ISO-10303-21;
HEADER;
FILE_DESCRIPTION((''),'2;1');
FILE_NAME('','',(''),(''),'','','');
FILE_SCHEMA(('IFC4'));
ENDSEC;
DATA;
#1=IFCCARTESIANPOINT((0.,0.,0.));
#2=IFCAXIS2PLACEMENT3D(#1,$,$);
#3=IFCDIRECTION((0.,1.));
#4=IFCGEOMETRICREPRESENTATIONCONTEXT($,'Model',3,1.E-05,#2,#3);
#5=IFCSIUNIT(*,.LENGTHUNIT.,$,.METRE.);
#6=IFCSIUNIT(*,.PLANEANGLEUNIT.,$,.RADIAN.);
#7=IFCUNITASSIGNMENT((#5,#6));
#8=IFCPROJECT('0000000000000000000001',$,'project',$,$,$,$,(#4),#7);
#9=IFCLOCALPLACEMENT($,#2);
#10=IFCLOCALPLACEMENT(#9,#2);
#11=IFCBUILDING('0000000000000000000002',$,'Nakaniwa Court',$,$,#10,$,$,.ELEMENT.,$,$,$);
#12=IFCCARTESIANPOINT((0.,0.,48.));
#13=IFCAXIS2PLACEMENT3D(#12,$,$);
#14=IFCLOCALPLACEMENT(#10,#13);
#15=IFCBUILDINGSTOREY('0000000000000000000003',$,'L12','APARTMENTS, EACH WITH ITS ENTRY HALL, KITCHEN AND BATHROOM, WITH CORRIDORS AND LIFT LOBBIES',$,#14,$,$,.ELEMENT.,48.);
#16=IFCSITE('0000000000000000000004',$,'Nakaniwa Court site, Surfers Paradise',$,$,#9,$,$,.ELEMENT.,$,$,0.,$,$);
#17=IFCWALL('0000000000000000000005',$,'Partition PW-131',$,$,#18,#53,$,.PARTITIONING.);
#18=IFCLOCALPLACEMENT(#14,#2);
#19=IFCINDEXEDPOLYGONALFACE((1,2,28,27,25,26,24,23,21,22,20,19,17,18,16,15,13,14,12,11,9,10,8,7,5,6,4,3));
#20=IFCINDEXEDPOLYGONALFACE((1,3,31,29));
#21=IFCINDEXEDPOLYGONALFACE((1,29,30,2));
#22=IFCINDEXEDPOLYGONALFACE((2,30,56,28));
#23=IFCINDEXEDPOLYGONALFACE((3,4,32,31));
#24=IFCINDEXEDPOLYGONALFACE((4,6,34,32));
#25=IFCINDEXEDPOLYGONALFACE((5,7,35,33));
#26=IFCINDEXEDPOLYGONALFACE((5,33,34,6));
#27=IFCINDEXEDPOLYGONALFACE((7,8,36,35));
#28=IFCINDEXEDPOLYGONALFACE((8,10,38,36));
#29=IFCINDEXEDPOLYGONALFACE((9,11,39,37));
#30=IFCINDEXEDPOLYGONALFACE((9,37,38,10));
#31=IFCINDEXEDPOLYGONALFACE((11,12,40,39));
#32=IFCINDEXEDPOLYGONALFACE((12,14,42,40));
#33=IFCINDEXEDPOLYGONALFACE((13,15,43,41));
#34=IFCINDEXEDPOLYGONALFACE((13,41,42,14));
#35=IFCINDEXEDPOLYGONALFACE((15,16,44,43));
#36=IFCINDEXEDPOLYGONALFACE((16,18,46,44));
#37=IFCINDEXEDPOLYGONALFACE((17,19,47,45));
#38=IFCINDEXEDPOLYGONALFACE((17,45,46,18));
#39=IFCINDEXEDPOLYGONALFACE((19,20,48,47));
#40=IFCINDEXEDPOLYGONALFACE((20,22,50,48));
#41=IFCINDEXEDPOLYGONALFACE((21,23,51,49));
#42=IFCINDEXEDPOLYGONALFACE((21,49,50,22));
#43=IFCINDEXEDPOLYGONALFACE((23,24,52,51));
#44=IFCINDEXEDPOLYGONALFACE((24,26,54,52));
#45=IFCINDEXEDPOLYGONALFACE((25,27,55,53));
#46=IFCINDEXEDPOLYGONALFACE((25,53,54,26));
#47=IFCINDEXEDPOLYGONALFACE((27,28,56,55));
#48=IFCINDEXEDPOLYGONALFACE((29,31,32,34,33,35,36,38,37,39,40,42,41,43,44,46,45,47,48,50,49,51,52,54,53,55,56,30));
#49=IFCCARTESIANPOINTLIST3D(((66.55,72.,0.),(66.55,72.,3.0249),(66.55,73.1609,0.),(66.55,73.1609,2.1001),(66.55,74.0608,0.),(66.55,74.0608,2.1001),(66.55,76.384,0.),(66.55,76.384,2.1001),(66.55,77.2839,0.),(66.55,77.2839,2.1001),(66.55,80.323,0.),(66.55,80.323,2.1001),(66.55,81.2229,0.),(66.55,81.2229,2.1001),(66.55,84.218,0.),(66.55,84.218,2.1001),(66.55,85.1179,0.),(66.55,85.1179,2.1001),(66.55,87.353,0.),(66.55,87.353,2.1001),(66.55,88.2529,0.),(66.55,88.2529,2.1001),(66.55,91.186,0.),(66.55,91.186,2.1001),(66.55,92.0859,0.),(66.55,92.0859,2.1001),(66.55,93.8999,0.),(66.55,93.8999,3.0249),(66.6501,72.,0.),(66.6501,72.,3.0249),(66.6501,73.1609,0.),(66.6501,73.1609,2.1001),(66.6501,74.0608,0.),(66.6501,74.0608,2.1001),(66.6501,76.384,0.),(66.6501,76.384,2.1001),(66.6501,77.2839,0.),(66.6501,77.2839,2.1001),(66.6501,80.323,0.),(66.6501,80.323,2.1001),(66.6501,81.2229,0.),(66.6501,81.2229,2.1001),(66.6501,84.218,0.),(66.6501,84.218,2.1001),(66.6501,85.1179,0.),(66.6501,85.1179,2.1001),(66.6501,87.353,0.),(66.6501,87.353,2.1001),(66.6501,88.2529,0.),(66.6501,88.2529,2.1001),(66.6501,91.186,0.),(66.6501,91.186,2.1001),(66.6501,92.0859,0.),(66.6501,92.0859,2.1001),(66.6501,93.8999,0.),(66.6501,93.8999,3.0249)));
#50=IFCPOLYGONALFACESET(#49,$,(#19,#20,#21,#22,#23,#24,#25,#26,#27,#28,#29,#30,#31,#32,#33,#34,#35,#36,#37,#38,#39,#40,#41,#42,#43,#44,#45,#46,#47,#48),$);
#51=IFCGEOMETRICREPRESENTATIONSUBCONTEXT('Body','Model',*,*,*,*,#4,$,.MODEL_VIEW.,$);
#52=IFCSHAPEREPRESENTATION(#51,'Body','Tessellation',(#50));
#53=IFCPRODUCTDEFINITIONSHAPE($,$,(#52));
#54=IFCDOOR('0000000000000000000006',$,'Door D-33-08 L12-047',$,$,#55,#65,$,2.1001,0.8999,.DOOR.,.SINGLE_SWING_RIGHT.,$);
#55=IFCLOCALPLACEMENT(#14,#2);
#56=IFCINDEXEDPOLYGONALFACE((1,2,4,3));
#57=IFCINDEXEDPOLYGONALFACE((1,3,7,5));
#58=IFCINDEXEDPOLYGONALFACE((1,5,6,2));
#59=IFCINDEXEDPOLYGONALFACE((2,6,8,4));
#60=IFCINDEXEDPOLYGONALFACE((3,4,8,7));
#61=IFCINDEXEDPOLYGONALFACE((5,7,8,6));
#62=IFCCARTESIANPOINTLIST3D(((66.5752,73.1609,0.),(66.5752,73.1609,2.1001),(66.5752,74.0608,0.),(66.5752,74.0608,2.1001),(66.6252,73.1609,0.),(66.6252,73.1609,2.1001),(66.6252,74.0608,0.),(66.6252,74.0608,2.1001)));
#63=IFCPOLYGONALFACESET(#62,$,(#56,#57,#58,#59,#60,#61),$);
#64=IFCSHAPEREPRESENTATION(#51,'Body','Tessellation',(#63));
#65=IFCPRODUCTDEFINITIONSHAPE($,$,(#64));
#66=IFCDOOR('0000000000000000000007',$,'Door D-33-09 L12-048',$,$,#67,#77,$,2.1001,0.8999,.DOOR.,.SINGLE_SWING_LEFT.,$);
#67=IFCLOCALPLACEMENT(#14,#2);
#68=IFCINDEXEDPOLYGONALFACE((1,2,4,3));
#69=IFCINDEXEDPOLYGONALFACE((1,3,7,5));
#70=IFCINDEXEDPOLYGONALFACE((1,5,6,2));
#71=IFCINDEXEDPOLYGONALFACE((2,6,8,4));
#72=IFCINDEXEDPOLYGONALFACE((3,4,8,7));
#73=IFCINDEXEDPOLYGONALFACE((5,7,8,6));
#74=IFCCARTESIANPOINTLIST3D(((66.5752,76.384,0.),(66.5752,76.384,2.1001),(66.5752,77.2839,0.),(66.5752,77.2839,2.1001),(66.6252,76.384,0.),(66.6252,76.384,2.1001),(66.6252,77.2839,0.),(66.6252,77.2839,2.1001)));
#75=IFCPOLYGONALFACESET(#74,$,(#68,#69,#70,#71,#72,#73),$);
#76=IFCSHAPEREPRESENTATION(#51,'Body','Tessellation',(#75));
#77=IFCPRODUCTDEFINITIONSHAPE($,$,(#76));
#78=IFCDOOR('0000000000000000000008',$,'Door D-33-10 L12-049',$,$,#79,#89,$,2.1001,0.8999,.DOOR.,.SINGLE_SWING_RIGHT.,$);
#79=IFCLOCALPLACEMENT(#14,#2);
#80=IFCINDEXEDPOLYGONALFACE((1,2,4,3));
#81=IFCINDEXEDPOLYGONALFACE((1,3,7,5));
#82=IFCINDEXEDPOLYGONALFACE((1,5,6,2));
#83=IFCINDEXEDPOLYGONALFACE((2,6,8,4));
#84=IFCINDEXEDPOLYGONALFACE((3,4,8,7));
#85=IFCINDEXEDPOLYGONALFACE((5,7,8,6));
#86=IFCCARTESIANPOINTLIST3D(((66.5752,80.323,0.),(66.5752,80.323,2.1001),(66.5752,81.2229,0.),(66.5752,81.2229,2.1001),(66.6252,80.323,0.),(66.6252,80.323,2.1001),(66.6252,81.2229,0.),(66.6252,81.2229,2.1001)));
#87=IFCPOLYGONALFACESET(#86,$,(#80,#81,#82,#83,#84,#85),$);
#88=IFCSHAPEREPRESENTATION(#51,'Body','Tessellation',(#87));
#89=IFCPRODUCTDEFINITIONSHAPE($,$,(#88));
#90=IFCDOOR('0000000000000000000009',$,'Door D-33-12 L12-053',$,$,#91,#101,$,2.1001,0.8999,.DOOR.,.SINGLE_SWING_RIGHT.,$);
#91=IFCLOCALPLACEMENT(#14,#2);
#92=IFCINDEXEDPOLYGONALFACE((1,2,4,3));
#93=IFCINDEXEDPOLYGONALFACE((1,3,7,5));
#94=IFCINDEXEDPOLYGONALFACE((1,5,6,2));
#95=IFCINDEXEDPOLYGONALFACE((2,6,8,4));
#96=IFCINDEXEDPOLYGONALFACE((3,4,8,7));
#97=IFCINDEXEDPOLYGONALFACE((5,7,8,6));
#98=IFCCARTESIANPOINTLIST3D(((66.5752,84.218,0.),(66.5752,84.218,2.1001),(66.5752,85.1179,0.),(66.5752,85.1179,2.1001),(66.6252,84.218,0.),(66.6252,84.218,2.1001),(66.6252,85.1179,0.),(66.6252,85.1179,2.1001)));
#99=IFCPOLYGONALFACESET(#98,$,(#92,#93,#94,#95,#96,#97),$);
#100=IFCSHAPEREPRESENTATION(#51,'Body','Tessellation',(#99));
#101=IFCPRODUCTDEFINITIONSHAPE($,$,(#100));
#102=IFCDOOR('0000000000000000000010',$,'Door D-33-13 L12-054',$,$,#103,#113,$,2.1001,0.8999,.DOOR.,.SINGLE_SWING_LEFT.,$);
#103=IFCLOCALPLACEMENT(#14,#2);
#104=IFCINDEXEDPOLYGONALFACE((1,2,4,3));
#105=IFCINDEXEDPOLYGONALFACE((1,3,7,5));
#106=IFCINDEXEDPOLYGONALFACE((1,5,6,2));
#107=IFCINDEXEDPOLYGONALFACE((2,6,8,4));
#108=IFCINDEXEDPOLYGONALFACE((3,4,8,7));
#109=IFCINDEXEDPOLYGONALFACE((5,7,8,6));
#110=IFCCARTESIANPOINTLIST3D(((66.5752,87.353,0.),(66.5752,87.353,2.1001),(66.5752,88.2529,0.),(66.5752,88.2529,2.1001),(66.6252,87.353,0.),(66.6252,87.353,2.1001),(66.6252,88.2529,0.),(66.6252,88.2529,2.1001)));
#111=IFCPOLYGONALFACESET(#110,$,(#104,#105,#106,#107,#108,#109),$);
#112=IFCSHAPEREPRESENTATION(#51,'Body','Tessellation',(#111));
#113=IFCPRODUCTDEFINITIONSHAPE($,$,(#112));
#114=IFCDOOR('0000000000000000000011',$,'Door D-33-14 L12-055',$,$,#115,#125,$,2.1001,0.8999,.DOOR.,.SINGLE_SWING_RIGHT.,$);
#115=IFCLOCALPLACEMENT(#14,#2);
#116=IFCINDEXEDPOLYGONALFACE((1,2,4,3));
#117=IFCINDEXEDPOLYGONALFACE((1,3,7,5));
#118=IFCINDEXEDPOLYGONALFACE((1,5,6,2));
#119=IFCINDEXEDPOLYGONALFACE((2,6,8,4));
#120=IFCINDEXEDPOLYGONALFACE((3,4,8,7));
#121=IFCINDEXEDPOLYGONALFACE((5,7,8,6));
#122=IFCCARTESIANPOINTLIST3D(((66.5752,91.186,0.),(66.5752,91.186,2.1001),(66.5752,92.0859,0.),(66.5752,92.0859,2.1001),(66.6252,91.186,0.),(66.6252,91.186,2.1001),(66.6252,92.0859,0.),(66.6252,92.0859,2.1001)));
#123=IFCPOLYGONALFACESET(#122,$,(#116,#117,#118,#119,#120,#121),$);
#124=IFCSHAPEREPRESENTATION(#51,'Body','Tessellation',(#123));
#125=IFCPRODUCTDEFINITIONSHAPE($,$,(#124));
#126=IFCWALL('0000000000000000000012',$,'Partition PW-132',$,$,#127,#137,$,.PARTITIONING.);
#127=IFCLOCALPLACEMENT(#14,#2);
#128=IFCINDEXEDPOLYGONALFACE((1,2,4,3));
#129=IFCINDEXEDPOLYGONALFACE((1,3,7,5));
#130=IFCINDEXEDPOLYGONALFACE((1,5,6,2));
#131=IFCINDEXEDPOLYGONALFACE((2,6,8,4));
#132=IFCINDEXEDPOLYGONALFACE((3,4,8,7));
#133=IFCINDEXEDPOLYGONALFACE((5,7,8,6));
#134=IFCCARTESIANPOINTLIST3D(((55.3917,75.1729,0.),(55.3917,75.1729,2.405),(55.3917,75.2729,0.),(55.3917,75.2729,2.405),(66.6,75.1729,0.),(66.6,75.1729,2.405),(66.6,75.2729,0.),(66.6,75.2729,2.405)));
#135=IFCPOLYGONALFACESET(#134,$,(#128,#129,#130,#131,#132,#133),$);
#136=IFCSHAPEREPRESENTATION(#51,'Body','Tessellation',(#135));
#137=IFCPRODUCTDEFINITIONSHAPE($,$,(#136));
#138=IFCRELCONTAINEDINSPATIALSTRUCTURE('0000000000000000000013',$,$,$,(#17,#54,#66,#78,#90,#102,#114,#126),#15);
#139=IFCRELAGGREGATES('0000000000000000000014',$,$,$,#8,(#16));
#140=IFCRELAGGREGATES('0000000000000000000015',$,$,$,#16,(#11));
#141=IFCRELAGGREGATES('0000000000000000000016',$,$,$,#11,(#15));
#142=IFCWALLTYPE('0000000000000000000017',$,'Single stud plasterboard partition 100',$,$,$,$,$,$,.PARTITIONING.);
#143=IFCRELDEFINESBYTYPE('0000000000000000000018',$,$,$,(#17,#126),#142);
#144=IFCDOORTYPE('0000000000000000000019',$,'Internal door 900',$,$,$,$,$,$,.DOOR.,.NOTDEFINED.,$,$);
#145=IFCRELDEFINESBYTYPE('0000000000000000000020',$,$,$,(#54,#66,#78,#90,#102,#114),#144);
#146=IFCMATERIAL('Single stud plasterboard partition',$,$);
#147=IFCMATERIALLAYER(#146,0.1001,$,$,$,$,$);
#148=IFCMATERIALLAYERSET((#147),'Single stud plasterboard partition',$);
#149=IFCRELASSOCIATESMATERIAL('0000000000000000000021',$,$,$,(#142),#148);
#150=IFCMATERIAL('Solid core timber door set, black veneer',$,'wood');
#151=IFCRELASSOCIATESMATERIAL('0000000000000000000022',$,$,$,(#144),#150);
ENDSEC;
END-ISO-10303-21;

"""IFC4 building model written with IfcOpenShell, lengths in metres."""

from ifc_helpers import new_model, si_unit, direction, frame, frame_2d, origin, place, context, subcontext, project, spatial, rectangle, extrude, material, layer, layer_set, type_object, element, fill, save


model = new_model("IFC4")

# Units and contexts
model_context = context("Model", 3, precision=1e-05, world=origin(), true_north=direction((0.0, 1.0)))
body_context = subcontext(model_context, "Body", "Model", "MODEL_VIEW")
ifc_project = project(units=[si_unit("LENGTHUNIT", "METRE"), si_unit("PLANEANGLEUNIT", "RADIAN")], contexts=[model_context])

# Site, building, storey
site_placement = place(None, origin())
site = spatial("IfcSite", under=ifc_project, at=site_placement, Name="Nakaniwa Court site, Surfers Paradise", CompositionType="ELEMENT", RefElevation=0.0)
building_placement = place(site_placement, origin())
building = spatial("IfcBuilding", under=site, at=building_placement, Name="Nakaniwa Court", CompositionType="ELEMENT")
storey_placement = place(building_placement, frame((0.0, 0.0, 48.0)))
storey = spatial("IfcBuildingStorey", under=building, at=storey_placement, Name="L12", Description="APARTMENTS, EACH WITH ITS ENTRY HALL, KITCHEN AND BATHROOM, WITH CORRIDORS AND LIFT LOBBIES", CompositionType="ELEMENT", Elevation=48.0)

# Shared definitions
ifc_material_1 = material(Name="Single stud plasterboard partition")
ifc_layer_1 = layer(ifc_material_1, 0.1001)
ifc_layer_set_1 = layer_set([ifc_layer_1], Name="Single stud plasterboard partition")
wall_type_1 = type_object("IfcWallType", Name="Single stud plasterboard partition 100", PredefinedType="PARTITIONING", material=ifc_layer_set_1)

# Wall, openings, doors
wall_1_placement = place(storey_placement, frame((66.6001, 72.0, 0.0), z_axis=(0.0, 0.0, 1.0), x_axis=(0.0, 1.0, 0.0)))
wall_1 = element("IfcWall", 1, at=wall_1_placement, inside=storey, type_object=wall_type_1, Name="Partition PW-131", PredefinedType="PARTITIONING", context=body_context, shape_type="SweptSolid", body=[
    extrude(rectangle(XDim=21.8999, YDim=0.1001, at=frame_2d((10.95, 0.0))), origin(), (0.0, 0.0, 1.0), 3.0249),
])
opening_1_placement = place(wall_1_placement, frame((1.1609, 0.0, 0.0)))
opening_1 = element("IfcOpeningElement", 2, at=opening_1_placement, cuts=wall_1, PredefinedType="OPENING", context=body_context, shape_type="SweptSolid", body=[
    extrude(rectangle(XDim=0.8999, YDim=2.1001, at=frame_2d((0.45, 1.05))), frame((0.0, 0.0601, 0.0), z_axis=(0.0, -1.0, 0.0), x_axis=(1.0, 0.0, 0.0)), (0.0, 0.0, 1.0), 0.1201),
])
opening_2_placement = place(wall_1_placement, frame((4.384, 0.0, 0.0)))
opening_2 = element("IfcOpeningElement", 3, at=opening_2_placement, cuts=wall_1, PredefinedType="OPENING", context=body_context, shape_type="SweptSolid", body=[
    extrude(rectangle(XDim=0.8999, YDim=2.1001, at=frame_2d((0.45, 1.05))), frame((0.0, 0.0601, 0.0), z_axis=(0.0, -1.0, 0.0), x_axis=(1.0, 0.0, 0.0)), (0.0, 0.0, 1.0), 0.1201),
])
opening_3_placement = place(wall_1_placement, frame((8.323, 0.0, 0.0)))
opening_3 = element("IfcOpeningElement", 4, at=opening_3_placement, cuts=wall_1, PredefinedType="OPENING", context=body_context, shape_type="SweptSolid", body=[
    extrude(rectangle(XDim=0.8999, YDim=2.1001, at=frame_2d((0.45, 1.05))), frame((0.0, 0.0601, 0.0), z_axis=(0.0, -1.0, 0.0), x_axis=(1.0, 0.0, 0.0)), (0.0, 0.0, 1.0), 0.1201),
])
opening_4_placement = place(wall_1_placement, frame((12.218, 0.0, 0.0)))
opening_4 = element("IfcOpeningElement", 5, at=opening_4_placement, cuts=wall_1, PredefinedType="OPENING", context=body_context, shape_type="SweptSolid", body=[
    extrude(rectangle(XDim=0.8999, YDim=2.1001, at=frame_2d((0.45, 1.05))), frame((0.0, 0.0601, 0.0), z_axis=(0.0, -1.0, 0.0), x_axis=(1.0, 0.0, 0.0)), (0.0, 0.0, 1.0), 0.1201),
])
opening_5_placement = place(wall_1_placement, frame((15.353, 0.0, 0.0)))
opening_5 = element("IfcOpeningElement", 6, at=opening_5_placement, cuts=wall_1, PredefinedType="OPENING", context=body_context, shape_type="SweptSolid", body=[
    extrude(rectangle(XDim=0.8999, YDim=2.1001, at=frame_2d((0.45, 1.05))), frame((0.0, 0.0601, 0.0), z_axis=(0.0, -1.0, 0.0), x_axis=(1.0, 0.0, 0.0)), (0.0, 0.0, 1.0), 0.1201),
])
opening_6_placement = place(wall_1_placement, frame((19.186, 0.0, 0.0)))
opening_6 = element("IfcOpeningElement", 7, at=opening_6_placement, cuts=wall_1, PredefinedType="OPENING", context=body_context, shape_type="SweptSolid", body=[
    extrude(rectangle(XDim=0.8999, YDim=2.1001, at=frame_2d((0.45, 1.05))), frame((0.0, 0.0601, 0.0), z_axis=(0.0, -1.0, 0.0), x_axis=(1.0, 0.0, 0.0)), (0.0, 0.0, 1.0), 0.1201),
])
ifc_material_2 = material(Name="Solid core timber door set, black veneer", Category="wood")
door_type = type_object("IfcDoorType", Name="Internal door 900", OperationType="NOTDEFINED", PredefinedType="DOOR", material=ifc_material_2)
door_1_placement = place(opening_1_placement, origin())
door_1 = element("IfcDoor", 8, at=door_1_placement, inside=storey, type_object=door_type, Name="Door D-33-08 L12-047", OperationType="SINGLE_SWING_RIGHT", OverallHeight=2.1001, OverallWidth=0.8999, PredefinedType="DOOR", context=body_context, shape_type="SweptSolid", body=[
    extrude(rectangle(XDim=0.8999, YDim=2.1001, at=frame_2d((0.45, 1.05))), frame((0.0, 0.0249, 0.0), z_axis=(0.0, -1.0, 0.0), x_axis=(1.0, 0.0, 0.0)), (0.0, 0.0, 1.0), 0.05),
])
fill(opening_1, door_1)
door_2_placement = place(opening_2_placement, origin())
door_2 = element("IfcDoor", 9, at=door_2_placement, inside=storey, type_object=door_type, Name="Door D-33-09 L12-048", OperationType="SINGLE_SWING_LEFT", OverallHeight=2.1001, OverallWidth=0.8999, PredefinedType="DOOR", context=body_context, shape_type="SweptSolid", body=[
    extrude(rectangle(XDim=0.8999, YDim=2.1001, at=frame_2d((0.45, 1.05))), frame((0.0, 0.0249, 0.0), z_axis=(0.0, -1.0, 0.0), x_axis=(1.0, 0.0, 0.0)), (0.0, 0.0, 1.0), 0.05),
])
fill(opening_2, door_2)
door_3_placement = place(opening_3_placement, origin())
door_3 = element("IfcDoor", 10, at=door_3_placement, inside=storey, type_object=door_type, Name="Door D-33-10 L12-049", OperationType="SINGLE_SWING_RIGHT", OverallHeight=2.1001, OverallWidth=0.8999, PredefinedType="DOOR", context=body_context, shape_type="SweptSolid", body=[
    extrude(rectangle(XDim=0.8999, YDim=2.1001, at=frame_2d((0.45, 1.05))), frame((0.0, 0.0249, 0.0), z_axis=(0.0, -1.0, 0.0), x_axis=(1.0, 0.0, 0.0)), (0.0, 0.0, 1.0), 0.05),
])
fill(opening_3, door_3)
door_4_placement = place(opening_4_placement, origin())
door_4 = element("IfcDoor", 11, at=door_4_placement, inside=storey, type_object=door_type, Name="Door D-33-12 L12-053", OperationType="SINGLE_SWING_RIGHT", OverallHeight=2.1001, OverallWidth=0.8999, PredefinedType="DOOR", context=body_context, shape_type="SweptSolid", body=[
    extrude(rectangle(XDim=0.8999, YDim=2.1001, at=frame_2d((0.45, 1.05))), frame((0.0, 0.0249, 0.0), z_axis=(0.0, -1.0, 0.0), x_axis=(1.0, 0.0, 0.0)), (0.0, 0.0, 1.0), 0.05),
])
fill(opening_4, door_4)
door_5_placement = place(opening_5_placement, origin())
door_5 = element("IfcDoor", 12, at=door_5_placement, inside=storey, type_object=door_type, Name="Door D-33-13 L12-054", OperationType="SINGLE_SWING_LEFT", OverallHeight=2.1001, OverallWidth=0.8999, PredefinedType="DOOR", context=body_context, shape_type="SweptSolid", body=[
    extrude(rectangle(XDim=0.8999, YDim=2.1001, at=frame_2d((0.45, 1.05))), frame((0.0, 0.0249, 0.0), z_axis=(0.0, -1.0, 0.0), x_axis=(1.0, 0.0, 0.0)), (0.0, 0.0, 1.0), 0.05),
])
fill(opening_5, door_5)
door_6_placement = place(opening_6_placement, origin())
door_6 = element("IfcDoor", 13, at=door_6_placement, inside=storey, type_object=door_type, Name="Door D-33-14 L12-055", OperationType="SINGLE_SWING_RIGHT", OverallHeight=2.1001, OverallWidth=0.8999, PredefinedType="DOOR", context=body_context, shape_type="SweptSolid", body=[
    extrude(rectangle(XDim=0.8999, YDim=2.1001, at=frame_2d((0.45, 1.05))), frame((0.0, 0.0249, 0.0), z_axis=(0.0, -1.0, 0.0), x_axis=(1.0, 0.0, 0.0)), (0.0, 0.0, 1.0), 0.05),
])
fill(opening_6, door_6)

# Wall
wall_2_placement = place(storey_placement, frame((55.3918, 75.2229, 0.0), z_axis=(0.0, 0.0, 1.0), x_axis=(1.0, 0.0, 0.0)))
element("IfcWall", 14, at=wall_2_placement, inside=storey, type_object=wall_type_1, Name="Partition PW-132", PredefinedType="PARTITIONING", context=body_context, shape_type="SweptSolid", body=[
    extrude(rectangle(XDim=11.2083, YDim=0.1001, at=frame_2d((5.604, 0.0))), origin(), (0.0, 0.0, 1.0), 2.405),
])

save(model, "model.ifc")
